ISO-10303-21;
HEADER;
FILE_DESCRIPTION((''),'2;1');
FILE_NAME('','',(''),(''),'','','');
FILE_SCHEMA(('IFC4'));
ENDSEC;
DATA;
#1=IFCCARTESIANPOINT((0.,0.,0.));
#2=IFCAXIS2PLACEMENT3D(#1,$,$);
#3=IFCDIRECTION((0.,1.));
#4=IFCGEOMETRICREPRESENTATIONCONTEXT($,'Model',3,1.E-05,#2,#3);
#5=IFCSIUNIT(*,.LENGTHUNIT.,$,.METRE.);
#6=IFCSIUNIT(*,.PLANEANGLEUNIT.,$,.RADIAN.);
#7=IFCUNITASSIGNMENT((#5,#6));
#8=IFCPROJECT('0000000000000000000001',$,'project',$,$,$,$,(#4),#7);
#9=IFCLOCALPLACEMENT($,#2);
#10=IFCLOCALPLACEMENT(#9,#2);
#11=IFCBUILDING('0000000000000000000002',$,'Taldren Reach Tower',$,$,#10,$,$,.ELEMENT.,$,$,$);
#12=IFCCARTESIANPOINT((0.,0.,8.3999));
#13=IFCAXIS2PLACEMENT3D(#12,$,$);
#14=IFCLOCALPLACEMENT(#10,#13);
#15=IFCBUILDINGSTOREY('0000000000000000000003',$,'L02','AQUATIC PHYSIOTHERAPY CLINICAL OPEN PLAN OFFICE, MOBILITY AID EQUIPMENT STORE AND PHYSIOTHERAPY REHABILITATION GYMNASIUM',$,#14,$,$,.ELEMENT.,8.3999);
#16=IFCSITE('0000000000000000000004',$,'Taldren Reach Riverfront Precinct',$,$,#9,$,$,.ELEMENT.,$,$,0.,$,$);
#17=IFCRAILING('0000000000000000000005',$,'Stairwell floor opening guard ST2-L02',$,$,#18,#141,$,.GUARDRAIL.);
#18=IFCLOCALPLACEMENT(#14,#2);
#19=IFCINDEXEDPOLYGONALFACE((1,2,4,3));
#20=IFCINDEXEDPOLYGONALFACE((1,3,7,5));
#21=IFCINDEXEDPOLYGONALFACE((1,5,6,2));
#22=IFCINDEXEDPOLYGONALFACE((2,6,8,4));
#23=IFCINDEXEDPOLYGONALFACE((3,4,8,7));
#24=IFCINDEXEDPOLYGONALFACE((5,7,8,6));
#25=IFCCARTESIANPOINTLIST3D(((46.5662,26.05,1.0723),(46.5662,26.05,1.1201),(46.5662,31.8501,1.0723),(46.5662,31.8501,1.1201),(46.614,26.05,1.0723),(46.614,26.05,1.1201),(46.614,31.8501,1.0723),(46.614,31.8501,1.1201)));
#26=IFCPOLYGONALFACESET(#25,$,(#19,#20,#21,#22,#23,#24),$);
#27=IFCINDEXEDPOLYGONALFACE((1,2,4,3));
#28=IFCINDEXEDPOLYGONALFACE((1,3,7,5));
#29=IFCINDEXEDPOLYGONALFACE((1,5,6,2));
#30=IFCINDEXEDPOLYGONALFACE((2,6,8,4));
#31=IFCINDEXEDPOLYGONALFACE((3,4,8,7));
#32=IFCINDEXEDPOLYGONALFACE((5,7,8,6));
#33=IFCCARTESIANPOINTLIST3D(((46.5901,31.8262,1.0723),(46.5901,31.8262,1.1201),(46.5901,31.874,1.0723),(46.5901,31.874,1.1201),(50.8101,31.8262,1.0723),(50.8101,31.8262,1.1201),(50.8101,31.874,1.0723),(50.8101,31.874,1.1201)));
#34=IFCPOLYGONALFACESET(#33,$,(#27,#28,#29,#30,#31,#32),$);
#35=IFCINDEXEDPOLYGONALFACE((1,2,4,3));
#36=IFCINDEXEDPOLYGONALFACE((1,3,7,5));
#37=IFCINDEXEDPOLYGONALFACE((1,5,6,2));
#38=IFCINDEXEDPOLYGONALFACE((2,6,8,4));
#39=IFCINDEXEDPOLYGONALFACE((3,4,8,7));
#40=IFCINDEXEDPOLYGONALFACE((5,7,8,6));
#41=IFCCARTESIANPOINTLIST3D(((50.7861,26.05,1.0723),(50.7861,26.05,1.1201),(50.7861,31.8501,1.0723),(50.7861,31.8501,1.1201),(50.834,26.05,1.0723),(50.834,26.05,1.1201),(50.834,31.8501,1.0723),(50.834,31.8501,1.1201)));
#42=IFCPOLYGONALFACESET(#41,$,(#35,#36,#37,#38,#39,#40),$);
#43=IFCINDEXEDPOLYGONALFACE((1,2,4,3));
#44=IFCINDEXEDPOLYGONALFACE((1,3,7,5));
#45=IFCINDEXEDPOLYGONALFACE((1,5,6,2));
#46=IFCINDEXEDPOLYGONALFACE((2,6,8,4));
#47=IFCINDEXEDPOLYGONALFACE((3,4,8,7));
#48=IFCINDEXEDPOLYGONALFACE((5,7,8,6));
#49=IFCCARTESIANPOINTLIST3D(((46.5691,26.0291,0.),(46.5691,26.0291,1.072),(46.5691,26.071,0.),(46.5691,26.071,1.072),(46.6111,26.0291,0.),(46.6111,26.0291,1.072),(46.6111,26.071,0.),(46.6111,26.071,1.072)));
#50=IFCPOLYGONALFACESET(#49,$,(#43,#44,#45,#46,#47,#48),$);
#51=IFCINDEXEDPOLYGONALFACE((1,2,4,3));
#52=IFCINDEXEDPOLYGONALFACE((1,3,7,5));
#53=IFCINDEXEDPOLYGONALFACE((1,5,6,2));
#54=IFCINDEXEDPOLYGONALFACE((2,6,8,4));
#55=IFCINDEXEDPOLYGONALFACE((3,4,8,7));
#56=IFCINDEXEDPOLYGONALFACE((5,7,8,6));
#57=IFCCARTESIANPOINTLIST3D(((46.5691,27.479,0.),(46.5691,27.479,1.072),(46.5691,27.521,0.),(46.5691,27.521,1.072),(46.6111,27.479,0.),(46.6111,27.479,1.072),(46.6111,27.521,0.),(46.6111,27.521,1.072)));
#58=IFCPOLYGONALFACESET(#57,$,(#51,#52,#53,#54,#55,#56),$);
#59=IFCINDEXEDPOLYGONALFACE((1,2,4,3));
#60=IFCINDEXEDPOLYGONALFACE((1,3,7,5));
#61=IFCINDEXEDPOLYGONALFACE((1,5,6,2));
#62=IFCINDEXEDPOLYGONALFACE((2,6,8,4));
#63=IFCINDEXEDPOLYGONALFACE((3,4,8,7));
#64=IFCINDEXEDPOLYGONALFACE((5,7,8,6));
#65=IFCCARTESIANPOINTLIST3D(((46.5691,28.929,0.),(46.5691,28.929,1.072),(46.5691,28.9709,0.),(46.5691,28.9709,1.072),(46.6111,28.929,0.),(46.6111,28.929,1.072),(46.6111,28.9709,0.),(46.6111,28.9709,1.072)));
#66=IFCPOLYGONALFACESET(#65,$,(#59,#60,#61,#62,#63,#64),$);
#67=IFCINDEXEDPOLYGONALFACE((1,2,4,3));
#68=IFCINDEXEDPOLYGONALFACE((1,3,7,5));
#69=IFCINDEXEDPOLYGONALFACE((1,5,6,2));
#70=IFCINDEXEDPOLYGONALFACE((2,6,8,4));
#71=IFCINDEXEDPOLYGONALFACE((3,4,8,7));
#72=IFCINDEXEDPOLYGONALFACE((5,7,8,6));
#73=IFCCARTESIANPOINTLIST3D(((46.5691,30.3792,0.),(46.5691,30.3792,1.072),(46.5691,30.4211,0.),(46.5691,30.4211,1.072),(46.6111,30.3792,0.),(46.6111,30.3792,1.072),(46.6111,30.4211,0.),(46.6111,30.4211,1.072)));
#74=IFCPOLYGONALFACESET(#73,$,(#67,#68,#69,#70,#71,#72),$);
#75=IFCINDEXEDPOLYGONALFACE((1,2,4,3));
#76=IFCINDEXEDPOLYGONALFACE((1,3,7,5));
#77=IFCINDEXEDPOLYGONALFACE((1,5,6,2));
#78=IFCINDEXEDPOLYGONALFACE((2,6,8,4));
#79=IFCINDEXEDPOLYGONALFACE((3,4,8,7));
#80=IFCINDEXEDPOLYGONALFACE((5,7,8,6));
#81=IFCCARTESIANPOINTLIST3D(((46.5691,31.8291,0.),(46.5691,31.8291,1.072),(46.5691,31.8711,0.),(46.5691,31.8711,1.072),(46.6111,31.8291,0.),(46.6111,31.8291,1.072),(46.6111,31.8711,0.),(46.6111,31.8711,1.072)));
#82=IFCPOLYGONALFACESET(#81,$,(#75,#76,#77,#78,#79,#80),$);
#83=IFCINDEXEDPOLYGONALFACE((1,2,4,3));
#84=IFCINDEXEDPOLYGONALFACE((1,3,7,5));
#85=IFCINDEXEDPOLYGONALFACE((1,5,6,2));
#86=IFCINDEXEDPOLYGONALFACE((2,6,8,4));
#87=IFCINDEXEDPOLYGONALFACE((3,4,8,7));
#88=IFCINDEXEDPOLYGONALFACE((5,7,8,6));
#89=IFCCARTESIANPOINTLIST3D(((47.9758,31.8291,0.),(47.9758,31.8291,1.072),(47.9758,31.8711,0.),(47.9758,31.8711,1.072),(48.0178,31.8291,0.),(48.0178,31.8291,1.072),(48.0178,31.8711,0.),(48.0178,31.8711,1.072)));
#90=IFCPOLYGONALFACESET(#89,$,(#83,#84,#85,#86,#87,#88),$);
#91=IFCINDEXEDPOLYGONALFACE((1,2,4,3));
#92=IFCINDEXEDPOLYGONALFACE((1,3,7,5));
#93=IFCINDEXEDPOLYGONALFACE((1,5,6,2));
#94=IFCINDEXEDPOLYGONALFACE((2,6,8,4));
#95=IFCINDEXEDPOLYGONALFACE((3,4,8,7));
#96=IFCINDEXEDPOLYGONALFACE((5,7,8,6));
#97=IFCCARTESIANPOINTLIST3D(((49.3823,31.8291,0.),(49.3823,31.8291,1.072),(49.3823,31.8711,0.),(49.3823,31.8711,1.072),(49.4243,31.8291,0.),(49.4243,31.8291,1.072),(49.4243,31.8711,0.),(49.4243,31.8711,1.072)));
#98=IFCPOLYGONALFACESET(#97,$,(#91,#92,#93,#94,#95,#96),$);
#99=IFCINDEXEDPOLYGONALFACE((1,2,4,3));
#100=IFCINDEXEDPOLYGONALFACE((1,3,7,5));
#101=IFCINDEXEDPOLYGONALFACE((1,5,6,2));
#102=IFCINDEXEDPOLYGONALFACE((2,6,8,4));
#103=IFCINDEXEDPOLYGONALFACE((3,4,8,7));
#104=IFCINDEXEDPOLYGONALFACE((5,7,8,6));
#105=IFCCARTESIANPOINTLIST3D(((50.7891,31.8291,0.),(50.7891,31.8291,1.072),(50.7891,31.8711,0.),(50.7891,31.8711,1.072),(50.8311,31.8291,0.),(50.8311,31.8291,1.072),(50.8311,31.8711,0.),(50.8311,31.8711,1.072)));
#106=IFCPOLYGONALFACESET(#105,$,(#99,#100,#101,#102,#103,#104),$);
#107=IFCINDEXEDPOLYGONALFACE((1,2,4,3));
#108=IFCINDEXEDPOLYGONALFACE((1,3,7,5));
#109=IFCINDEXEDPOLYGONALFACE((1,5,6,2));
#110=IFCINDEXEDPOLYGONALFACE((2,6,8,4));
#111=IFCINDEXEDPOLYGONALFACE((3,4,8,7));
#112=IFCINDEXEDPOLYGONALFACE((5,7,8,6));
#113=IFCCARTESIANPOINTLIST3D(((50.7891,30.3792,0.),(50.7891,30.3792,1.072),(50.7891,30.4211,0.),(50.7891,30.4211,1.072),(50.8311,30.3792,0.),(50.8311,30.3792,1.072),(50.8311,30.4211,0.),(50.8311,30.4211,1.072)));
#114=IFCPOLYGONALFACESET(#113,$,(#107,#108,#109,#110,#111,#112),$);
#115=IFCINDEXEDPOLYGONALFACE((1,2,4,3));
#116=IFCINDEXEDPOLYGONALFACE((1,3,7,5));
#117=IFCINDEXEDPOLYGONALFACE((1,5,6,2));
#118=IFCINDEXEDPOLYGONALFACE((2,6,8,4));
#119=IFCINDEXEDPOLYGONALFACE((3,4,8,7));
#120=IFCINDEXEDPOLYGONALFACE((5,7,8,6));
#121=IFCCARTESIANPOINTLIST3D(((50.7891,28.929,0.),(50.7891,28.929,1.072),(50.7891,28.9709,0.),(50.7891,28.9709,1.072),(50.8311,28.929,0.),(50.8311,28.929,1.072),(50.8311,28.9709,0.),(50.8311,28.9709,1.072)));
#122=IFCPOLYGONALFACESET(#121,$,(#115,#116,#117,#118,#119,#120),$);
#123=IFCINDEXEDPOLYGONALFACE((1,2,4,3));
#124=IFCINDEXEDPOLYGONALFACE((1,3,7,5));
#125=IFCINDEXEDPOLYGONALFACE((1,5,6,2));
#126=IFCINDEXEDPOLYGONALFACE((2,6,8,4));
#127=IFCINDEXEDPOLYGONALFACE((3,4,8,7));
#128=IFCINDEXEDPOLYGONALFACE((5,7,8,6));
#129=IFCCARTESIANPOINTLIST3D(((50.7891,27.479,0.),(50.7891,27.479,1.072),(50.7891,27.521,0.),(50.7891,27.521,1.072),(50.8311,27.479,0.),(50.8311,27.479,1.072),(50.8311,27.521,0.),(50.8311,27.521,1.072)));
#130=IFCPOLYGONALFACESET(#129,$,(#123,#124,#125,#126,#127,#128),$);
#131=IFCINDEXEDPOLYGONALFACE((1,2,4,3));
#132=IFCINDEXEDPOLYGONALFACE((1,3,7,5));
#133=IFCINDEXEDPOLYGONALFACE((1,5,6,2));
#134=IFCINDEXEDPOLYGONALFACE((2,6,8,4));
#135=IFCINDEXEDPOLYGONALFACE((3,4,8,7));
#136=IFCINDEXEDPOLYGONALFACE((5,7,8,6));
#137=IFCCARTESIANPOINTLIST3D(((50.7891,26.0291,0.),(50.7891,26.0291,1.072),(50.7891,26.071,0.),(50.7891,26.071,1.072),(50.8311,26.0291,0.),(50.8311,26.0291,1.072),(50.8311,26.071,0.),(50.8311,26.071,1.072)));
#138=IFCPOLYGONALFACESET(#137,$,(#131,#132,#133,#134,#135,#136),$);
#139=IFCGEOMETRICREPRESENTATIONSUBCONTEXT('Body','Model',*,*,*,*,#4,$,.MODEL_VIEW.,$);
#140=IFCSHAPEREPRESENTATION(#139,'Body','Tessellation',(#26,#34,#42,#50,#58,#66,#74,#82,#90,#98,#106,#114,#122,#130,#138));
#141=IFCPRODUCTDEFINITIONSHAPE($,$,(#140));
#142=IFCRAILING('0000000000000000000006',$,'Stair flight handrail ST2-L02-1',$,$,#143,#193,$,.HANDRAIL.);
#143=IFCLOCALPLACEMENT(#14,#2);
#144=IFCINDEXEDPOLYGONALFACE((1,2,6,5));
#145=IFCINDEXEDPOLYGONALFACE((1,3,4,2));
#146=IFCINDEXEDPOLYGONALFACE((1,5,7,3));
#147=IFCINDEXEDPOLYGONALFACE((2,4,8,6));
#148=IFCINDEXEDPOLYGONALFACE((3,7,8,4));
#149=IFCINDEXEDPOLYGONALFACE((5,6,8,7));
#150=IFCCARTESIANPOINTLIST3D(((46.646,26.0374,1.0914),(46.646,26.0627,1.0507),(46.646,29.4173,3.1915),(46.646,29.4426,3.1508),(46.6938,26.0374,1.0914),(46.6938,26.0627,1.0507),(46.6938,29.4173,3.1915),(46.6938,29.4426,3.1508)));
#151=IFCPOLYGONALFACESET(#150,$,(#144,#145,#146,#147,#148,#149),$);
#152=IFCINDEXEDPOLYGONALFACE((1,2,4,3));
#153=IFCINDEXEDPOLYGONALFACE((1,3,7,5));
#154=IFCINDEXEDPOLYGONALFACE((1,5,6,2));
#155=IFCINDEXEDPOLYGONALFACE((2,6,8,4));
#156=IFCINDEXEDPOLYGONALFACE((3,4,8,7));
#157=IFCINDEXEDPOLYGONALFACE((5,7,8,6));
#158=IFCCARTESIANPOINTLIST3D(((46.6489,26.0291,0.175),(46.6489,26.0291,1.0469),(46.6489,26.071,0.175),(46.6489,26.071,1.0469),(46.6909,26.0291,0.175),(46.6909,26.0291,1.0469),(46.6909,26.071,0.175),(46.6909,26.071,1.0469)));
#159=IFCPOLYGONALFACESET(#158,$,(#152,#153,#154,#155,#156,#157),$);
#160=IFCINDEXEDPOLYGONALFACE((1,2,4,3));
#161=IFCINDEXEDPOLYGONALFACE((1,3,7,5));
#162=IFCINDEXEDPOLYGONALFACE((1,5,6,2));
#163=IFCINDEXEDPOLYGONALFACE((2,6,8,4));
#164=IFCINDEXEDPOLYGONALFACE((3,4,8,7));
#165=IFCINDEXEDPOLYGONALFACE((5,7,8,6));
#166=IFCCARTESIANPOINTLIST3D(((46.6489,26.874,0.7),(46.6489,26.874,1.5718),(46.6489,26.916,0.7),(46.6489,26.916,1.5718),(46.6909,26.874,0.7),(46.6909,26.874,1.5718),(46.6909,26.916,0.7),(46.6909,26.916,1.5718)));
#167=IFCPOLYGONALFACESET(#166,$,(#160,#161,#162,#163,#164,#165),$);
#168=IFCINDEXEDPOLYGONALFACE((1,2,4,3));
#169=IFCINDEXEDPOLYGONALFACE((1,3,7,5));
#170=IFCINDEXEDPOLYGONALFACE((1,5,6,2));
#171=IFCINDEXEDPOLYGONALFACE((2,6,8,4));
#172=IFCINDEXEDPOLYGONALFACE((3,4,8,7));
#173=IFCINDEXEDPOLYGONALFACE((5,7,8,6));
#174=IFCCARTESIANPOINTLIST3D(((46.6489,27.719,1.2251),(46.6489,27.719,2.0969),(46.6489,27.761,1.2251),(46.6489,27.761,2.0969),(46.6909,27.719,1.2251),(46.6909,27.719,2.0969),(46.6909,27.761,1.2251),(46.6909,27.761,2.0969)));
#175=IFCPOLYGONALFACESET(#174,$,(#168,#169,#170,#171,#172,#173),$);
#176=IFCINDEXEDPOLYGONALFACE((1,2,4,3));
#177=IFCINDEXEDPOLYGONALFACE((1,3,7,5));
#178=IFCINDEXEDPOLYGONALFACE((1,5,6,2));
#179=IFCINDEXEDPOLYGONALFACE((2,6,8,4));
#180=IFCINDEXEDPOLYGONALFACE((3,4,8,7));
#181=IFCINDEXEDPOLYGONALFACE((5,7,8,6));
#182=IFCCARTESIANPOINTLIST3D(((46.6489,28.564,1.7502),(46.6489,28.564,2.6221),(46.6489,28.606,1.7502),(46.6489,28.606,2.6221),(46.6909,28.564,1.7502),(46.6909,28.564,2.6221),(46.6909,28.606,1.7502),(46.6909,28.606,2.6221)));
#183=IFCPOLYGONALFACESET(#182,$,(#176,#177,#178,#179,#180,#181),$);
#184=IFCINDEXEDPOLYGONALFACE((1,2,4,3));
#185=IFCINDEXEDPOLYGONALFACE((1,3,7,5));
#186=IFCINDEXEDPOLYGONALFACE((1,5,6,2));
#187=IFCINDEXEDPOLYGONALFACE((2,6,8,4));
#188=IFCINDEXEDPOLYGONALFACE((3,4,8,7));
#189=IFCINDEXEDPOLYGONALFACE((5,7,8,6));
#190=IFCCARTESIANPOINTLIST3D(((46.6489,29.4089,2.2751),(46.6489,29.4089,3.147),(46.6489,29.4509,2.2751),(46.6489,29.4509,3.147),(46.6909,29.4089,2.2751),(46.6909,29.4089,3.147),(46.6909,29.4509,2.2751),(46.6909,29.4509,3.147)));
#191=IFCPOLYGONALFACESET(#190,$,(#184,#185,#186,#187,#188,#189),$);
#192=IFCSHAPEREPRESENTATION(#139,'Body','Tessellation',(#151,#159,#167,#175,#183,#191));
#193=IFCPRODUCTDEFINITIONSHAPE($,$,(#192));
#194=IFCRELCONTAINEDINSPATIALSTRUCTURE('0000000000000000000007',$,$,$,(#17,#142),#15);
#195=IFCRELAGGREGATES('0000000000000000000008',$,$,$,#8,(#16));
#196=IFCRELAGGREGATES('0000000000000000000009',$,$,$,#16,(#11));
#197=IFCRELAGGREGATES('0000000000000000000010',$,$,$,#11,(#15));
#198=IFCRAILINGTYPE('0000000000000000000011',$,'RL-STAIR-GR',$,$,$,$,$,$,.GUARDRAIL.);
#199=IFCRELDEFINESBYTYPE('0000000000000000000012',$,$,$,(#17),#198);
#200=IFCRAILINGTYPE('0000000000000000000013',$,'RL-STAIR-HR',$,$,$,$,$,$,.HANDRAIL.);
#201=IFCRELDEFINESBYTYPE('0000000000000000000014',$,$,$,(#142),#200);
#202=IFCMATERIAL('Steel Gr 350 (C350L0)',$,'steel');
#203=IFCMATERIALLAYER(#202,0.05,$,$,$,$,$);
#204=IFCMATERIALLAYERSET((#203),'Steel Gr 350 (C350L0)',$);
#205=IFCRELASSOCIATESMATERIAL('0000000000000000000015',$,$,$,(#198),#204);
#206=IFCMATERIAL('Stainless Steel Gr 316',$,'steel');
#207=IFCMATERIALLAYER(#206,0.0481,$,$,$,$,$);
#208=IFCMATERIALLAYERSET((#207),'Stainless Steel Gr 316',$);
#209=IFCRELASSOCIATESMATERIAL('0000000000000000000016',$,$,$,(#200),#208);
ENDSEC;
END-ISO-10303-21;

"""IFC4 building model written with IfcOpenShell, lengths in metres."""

from ifc_helpers import new_model, si_unit, direction, frame, origin, origin_2d, place, context, subcontext, project, spatial, rectangle, extrude, material, layer, layer_set, type_object, element, save


model = new_model("IFC4")

# Units and contexts
model_context = context("Model", 3, precision=1e-05, world=origin(), true_north=direction((0.0, 1.0)))
body_context = subcontext(model_context, "Body", "Model", "MODEL_VIEW")
ifc_project = project(units=[si_unit("LENGTHUNIT", "METRE"), si_unit("PLANEANGLEUNIT", "RADIAN")], contexts=[model_context])

# Site, building, storey
site_placement = place(None, origin())
site = spatial("IfcSite", under=ifc_project, at=site_placement, Name="Taldren Reach Riverfront Precinct", CompositionType="ELEMENT", RefElevation=0.0)
building_placement = place(site_placement, origin())
building = spatial("IfcBuilding", under=site, at=building_placement, Name="Taldren Reach Tower", CompositionType="ELEMENT")
storey_placement = place(building_placement, frame((0.0, 0.0, 8.3999)))
storey = spatial("IfcBuildingStorey", under=building, at=storey_placement, Name="L02", Description="AQUATIC PHYSIOTHERAPY CLINICAL OPEN PLAN OFFICE, MOBILITY AID EQUIPMENT STORE AND PHYSIOTHERAPY REHABILITATION GYMNASIUM", CompositionType="ELEMENT", Elevation=8.3999)

# Shared definitions
ifc_material_1 = material(Name="Steel Gr 350 (C350L0)", Category="steel")

# Railings
ifc_layer_1 = layer(ifc_material_1, 0.05)
ifc_layer_set_1 = layer_set([ifc_layer_1], Name="Steel Gr 350 (C350L0)")
railing_type_1 = type_object("IfcRailingType", Name="RL-STAIR-GR", PredefinedType="GUARDRAIL", material=ifc_layer_set_1)
railing_1_placement = place(storey_placement, frame((46.5901, 26.05, 0.0)))
element("IfcRailing", 1, at=railing_1_placement, inside=storey, type_object=railing_type_1, Name="Stairwell floor opening guard ST2-L02", PredefinedType="GUARDRAIL", context=body_context, shape_type="SweptSolid", body=[
    extrude(rectangle(XDim=0.0479, YDim=0.0479, at=origin_2d()), frame((0.0, 0.0, 1.0962), z_axis=(0.0, 1.0, 0.0), x_axis=(-1.0, 0.0, 0.0)), (0.0, 0.0, 1.0), 5.8),
    extrude(rectangle(XDim=0.0479, YDim=0.0479, at=origin_2d()), frame((0.0, 5.8, 1.0962), z_axis=(1.0, 0.0, 0.0), x_axis=(0.0, 1.0, 0.0)), (0.0, 0.0, 1.0), 4.22),
    extrude(rectangle(XDim=0.0479, YDim=0.0479, at=origin_2d()), frame((4.22, 5.8, 1.0962), z_axis=(0.0, -1.0, 0.0), x_axis=(1.0, 0.0, 0.0)), (0.0, 0.0, 1.0), 5.8),
    extrude(rectangle(XDim=0.042, YDim=0.042, at=origin_2d()), origin(), (0.0, 0.0, 1.0), 1.072),
    extrude(rectangle(XDim=0.042, YDim=0.042, at=origin_2d()), frame((0.0, 1.45, 0.0)), (0.0, 0.0, 1.0), 1.072),
    extrude(rectangle(XDim=0.042, YDim=0.042, at=origin_2d()), frame((0.0, 2.8999, 0.0)), (0.0, 0.0, 1.0), 1.072),
    extrude(rectangle(XDim=0.042, YDim=0.042, at=origin_2d()), frame((0.0, 4.3501, 0.0)), (0.0, 0.0, 1.0), 1.072),
    extrude(rectangle(XDim=0.042, YDim=0.042, at=origin_2d()), frame((0.0, 5.8, 0.0)), (0.0, 0.0, 1.0), 1.072),
    extrude(rectangle(XDim=0.042, YDim=0.042, at=origin_2d()), frame((1.4067, 5.8, 0.0)), (0.0, 0.0, 1.0), 1.072),
    extrude(rectangle(XDim=0.042, YDim=0.042, at=origin_2d()), frame((2.8132, 5.8, 0.0)), (0.0, 0.0, 1.0), 1.072),
    extrude(rectangle(XDim=0.042, YDim=0.042, at=origin_2d()), frame((4.22, 5.8, 0.0)), (0.0, 0.0, 1.0), 1.072),
    extrude(rectangle(XDim=0.042, YDim=0.042, at=origin_2d()), frame((4.22, 4.3501, 0.0)), (0.0, 0.0, 1.0), 1.072),
    extrude(rectangle(XDim=0.042, YDim=0.042, at=origin_2d()), frame((4.22, 2.8999, 0.0)), (0.0, 0.0, 1.0), 1.072),
    extrude(rectangle(XDim=0.042, YDim=0.042, at=origin_2d()), frame((4.22, 1.45, 0.0)), (0.0, 0.0, 1.0), 1.072),
    extrude(rectangle(XDim=0.042, YDim=0.042, at=origin_2d()), frame((4.22, 0.0, 0.0)), (0.0, 0.0, 1.0), 1.072),
])
ifc_material_2 = material(Name="Stainless Steel Gr 316", Category="steel")
ifc_layer_2 = layer(ifc_material_2, 0.0481)
ifc_layer_set_2 = layer_set([ifc_layer_2], Name="Stainless Steel Gr 316")
railing_type_2 = type_object("IfcRailingType", Name="RL-STAIR-HR", PredefinedType="HANDRAIL", material=ifc_layer_set_2)
railing_2_placement = place(storey_placement, frame((46.6699, 26.05, 0.175)))
element("IfcRailing", 2, at=railing_2_placement, inside=storey, type_object=railing_type_2, Name="Stair flight handrail ST2-L02-1", PredefinedType="HANDRAIL", context=body_context, shape_type="SweptSolid", body=[
    extrude(rectangle(XDim=0.0479, YDim=0.0479, at=origin_2d()), frame((0.0, 0.0, 0.896), z_axis=(0.0, 0.849388, 0.527769), x_axis=(-1.0, 0.0, 0.0)), (0.0, 0.0, 1.0), 3.9792),
    extrude(rectangle(XDim=0.042, YDim=0.042, at=origin_2d()), origin(), (0.0, 0.0, 1.0), 0.8718),
    extrude(rectangle(XDim=0.042, YDim=0.042, at=origin_2d()), frame((0.0, 0.845, 0.5249)), (0.0, 0.0, 1.0), 0.8718),
    extrude(rectangle(XDim=0.042, YDim=0.042, at=origin_2d()), frame((0.0, 1.6899, 1.05)), (0.0, 0.0, 1.0), 0.8718),
    extrude(rectangle(XDim=0.042, YDim=0.042, at=origin_2d()), frame((0.0, 2.5349, 1.5752)), (0.0, 0.0, 1.0), 0.8718),
    extrude(rectangle(XDim=0.042, YDim=0.042, at=origin_2d()), frame((0.0, 3.3799, 2.1001)), (0.0, 0.0, 1.0), 0.8718),
])

save(model, "model.ifc")
